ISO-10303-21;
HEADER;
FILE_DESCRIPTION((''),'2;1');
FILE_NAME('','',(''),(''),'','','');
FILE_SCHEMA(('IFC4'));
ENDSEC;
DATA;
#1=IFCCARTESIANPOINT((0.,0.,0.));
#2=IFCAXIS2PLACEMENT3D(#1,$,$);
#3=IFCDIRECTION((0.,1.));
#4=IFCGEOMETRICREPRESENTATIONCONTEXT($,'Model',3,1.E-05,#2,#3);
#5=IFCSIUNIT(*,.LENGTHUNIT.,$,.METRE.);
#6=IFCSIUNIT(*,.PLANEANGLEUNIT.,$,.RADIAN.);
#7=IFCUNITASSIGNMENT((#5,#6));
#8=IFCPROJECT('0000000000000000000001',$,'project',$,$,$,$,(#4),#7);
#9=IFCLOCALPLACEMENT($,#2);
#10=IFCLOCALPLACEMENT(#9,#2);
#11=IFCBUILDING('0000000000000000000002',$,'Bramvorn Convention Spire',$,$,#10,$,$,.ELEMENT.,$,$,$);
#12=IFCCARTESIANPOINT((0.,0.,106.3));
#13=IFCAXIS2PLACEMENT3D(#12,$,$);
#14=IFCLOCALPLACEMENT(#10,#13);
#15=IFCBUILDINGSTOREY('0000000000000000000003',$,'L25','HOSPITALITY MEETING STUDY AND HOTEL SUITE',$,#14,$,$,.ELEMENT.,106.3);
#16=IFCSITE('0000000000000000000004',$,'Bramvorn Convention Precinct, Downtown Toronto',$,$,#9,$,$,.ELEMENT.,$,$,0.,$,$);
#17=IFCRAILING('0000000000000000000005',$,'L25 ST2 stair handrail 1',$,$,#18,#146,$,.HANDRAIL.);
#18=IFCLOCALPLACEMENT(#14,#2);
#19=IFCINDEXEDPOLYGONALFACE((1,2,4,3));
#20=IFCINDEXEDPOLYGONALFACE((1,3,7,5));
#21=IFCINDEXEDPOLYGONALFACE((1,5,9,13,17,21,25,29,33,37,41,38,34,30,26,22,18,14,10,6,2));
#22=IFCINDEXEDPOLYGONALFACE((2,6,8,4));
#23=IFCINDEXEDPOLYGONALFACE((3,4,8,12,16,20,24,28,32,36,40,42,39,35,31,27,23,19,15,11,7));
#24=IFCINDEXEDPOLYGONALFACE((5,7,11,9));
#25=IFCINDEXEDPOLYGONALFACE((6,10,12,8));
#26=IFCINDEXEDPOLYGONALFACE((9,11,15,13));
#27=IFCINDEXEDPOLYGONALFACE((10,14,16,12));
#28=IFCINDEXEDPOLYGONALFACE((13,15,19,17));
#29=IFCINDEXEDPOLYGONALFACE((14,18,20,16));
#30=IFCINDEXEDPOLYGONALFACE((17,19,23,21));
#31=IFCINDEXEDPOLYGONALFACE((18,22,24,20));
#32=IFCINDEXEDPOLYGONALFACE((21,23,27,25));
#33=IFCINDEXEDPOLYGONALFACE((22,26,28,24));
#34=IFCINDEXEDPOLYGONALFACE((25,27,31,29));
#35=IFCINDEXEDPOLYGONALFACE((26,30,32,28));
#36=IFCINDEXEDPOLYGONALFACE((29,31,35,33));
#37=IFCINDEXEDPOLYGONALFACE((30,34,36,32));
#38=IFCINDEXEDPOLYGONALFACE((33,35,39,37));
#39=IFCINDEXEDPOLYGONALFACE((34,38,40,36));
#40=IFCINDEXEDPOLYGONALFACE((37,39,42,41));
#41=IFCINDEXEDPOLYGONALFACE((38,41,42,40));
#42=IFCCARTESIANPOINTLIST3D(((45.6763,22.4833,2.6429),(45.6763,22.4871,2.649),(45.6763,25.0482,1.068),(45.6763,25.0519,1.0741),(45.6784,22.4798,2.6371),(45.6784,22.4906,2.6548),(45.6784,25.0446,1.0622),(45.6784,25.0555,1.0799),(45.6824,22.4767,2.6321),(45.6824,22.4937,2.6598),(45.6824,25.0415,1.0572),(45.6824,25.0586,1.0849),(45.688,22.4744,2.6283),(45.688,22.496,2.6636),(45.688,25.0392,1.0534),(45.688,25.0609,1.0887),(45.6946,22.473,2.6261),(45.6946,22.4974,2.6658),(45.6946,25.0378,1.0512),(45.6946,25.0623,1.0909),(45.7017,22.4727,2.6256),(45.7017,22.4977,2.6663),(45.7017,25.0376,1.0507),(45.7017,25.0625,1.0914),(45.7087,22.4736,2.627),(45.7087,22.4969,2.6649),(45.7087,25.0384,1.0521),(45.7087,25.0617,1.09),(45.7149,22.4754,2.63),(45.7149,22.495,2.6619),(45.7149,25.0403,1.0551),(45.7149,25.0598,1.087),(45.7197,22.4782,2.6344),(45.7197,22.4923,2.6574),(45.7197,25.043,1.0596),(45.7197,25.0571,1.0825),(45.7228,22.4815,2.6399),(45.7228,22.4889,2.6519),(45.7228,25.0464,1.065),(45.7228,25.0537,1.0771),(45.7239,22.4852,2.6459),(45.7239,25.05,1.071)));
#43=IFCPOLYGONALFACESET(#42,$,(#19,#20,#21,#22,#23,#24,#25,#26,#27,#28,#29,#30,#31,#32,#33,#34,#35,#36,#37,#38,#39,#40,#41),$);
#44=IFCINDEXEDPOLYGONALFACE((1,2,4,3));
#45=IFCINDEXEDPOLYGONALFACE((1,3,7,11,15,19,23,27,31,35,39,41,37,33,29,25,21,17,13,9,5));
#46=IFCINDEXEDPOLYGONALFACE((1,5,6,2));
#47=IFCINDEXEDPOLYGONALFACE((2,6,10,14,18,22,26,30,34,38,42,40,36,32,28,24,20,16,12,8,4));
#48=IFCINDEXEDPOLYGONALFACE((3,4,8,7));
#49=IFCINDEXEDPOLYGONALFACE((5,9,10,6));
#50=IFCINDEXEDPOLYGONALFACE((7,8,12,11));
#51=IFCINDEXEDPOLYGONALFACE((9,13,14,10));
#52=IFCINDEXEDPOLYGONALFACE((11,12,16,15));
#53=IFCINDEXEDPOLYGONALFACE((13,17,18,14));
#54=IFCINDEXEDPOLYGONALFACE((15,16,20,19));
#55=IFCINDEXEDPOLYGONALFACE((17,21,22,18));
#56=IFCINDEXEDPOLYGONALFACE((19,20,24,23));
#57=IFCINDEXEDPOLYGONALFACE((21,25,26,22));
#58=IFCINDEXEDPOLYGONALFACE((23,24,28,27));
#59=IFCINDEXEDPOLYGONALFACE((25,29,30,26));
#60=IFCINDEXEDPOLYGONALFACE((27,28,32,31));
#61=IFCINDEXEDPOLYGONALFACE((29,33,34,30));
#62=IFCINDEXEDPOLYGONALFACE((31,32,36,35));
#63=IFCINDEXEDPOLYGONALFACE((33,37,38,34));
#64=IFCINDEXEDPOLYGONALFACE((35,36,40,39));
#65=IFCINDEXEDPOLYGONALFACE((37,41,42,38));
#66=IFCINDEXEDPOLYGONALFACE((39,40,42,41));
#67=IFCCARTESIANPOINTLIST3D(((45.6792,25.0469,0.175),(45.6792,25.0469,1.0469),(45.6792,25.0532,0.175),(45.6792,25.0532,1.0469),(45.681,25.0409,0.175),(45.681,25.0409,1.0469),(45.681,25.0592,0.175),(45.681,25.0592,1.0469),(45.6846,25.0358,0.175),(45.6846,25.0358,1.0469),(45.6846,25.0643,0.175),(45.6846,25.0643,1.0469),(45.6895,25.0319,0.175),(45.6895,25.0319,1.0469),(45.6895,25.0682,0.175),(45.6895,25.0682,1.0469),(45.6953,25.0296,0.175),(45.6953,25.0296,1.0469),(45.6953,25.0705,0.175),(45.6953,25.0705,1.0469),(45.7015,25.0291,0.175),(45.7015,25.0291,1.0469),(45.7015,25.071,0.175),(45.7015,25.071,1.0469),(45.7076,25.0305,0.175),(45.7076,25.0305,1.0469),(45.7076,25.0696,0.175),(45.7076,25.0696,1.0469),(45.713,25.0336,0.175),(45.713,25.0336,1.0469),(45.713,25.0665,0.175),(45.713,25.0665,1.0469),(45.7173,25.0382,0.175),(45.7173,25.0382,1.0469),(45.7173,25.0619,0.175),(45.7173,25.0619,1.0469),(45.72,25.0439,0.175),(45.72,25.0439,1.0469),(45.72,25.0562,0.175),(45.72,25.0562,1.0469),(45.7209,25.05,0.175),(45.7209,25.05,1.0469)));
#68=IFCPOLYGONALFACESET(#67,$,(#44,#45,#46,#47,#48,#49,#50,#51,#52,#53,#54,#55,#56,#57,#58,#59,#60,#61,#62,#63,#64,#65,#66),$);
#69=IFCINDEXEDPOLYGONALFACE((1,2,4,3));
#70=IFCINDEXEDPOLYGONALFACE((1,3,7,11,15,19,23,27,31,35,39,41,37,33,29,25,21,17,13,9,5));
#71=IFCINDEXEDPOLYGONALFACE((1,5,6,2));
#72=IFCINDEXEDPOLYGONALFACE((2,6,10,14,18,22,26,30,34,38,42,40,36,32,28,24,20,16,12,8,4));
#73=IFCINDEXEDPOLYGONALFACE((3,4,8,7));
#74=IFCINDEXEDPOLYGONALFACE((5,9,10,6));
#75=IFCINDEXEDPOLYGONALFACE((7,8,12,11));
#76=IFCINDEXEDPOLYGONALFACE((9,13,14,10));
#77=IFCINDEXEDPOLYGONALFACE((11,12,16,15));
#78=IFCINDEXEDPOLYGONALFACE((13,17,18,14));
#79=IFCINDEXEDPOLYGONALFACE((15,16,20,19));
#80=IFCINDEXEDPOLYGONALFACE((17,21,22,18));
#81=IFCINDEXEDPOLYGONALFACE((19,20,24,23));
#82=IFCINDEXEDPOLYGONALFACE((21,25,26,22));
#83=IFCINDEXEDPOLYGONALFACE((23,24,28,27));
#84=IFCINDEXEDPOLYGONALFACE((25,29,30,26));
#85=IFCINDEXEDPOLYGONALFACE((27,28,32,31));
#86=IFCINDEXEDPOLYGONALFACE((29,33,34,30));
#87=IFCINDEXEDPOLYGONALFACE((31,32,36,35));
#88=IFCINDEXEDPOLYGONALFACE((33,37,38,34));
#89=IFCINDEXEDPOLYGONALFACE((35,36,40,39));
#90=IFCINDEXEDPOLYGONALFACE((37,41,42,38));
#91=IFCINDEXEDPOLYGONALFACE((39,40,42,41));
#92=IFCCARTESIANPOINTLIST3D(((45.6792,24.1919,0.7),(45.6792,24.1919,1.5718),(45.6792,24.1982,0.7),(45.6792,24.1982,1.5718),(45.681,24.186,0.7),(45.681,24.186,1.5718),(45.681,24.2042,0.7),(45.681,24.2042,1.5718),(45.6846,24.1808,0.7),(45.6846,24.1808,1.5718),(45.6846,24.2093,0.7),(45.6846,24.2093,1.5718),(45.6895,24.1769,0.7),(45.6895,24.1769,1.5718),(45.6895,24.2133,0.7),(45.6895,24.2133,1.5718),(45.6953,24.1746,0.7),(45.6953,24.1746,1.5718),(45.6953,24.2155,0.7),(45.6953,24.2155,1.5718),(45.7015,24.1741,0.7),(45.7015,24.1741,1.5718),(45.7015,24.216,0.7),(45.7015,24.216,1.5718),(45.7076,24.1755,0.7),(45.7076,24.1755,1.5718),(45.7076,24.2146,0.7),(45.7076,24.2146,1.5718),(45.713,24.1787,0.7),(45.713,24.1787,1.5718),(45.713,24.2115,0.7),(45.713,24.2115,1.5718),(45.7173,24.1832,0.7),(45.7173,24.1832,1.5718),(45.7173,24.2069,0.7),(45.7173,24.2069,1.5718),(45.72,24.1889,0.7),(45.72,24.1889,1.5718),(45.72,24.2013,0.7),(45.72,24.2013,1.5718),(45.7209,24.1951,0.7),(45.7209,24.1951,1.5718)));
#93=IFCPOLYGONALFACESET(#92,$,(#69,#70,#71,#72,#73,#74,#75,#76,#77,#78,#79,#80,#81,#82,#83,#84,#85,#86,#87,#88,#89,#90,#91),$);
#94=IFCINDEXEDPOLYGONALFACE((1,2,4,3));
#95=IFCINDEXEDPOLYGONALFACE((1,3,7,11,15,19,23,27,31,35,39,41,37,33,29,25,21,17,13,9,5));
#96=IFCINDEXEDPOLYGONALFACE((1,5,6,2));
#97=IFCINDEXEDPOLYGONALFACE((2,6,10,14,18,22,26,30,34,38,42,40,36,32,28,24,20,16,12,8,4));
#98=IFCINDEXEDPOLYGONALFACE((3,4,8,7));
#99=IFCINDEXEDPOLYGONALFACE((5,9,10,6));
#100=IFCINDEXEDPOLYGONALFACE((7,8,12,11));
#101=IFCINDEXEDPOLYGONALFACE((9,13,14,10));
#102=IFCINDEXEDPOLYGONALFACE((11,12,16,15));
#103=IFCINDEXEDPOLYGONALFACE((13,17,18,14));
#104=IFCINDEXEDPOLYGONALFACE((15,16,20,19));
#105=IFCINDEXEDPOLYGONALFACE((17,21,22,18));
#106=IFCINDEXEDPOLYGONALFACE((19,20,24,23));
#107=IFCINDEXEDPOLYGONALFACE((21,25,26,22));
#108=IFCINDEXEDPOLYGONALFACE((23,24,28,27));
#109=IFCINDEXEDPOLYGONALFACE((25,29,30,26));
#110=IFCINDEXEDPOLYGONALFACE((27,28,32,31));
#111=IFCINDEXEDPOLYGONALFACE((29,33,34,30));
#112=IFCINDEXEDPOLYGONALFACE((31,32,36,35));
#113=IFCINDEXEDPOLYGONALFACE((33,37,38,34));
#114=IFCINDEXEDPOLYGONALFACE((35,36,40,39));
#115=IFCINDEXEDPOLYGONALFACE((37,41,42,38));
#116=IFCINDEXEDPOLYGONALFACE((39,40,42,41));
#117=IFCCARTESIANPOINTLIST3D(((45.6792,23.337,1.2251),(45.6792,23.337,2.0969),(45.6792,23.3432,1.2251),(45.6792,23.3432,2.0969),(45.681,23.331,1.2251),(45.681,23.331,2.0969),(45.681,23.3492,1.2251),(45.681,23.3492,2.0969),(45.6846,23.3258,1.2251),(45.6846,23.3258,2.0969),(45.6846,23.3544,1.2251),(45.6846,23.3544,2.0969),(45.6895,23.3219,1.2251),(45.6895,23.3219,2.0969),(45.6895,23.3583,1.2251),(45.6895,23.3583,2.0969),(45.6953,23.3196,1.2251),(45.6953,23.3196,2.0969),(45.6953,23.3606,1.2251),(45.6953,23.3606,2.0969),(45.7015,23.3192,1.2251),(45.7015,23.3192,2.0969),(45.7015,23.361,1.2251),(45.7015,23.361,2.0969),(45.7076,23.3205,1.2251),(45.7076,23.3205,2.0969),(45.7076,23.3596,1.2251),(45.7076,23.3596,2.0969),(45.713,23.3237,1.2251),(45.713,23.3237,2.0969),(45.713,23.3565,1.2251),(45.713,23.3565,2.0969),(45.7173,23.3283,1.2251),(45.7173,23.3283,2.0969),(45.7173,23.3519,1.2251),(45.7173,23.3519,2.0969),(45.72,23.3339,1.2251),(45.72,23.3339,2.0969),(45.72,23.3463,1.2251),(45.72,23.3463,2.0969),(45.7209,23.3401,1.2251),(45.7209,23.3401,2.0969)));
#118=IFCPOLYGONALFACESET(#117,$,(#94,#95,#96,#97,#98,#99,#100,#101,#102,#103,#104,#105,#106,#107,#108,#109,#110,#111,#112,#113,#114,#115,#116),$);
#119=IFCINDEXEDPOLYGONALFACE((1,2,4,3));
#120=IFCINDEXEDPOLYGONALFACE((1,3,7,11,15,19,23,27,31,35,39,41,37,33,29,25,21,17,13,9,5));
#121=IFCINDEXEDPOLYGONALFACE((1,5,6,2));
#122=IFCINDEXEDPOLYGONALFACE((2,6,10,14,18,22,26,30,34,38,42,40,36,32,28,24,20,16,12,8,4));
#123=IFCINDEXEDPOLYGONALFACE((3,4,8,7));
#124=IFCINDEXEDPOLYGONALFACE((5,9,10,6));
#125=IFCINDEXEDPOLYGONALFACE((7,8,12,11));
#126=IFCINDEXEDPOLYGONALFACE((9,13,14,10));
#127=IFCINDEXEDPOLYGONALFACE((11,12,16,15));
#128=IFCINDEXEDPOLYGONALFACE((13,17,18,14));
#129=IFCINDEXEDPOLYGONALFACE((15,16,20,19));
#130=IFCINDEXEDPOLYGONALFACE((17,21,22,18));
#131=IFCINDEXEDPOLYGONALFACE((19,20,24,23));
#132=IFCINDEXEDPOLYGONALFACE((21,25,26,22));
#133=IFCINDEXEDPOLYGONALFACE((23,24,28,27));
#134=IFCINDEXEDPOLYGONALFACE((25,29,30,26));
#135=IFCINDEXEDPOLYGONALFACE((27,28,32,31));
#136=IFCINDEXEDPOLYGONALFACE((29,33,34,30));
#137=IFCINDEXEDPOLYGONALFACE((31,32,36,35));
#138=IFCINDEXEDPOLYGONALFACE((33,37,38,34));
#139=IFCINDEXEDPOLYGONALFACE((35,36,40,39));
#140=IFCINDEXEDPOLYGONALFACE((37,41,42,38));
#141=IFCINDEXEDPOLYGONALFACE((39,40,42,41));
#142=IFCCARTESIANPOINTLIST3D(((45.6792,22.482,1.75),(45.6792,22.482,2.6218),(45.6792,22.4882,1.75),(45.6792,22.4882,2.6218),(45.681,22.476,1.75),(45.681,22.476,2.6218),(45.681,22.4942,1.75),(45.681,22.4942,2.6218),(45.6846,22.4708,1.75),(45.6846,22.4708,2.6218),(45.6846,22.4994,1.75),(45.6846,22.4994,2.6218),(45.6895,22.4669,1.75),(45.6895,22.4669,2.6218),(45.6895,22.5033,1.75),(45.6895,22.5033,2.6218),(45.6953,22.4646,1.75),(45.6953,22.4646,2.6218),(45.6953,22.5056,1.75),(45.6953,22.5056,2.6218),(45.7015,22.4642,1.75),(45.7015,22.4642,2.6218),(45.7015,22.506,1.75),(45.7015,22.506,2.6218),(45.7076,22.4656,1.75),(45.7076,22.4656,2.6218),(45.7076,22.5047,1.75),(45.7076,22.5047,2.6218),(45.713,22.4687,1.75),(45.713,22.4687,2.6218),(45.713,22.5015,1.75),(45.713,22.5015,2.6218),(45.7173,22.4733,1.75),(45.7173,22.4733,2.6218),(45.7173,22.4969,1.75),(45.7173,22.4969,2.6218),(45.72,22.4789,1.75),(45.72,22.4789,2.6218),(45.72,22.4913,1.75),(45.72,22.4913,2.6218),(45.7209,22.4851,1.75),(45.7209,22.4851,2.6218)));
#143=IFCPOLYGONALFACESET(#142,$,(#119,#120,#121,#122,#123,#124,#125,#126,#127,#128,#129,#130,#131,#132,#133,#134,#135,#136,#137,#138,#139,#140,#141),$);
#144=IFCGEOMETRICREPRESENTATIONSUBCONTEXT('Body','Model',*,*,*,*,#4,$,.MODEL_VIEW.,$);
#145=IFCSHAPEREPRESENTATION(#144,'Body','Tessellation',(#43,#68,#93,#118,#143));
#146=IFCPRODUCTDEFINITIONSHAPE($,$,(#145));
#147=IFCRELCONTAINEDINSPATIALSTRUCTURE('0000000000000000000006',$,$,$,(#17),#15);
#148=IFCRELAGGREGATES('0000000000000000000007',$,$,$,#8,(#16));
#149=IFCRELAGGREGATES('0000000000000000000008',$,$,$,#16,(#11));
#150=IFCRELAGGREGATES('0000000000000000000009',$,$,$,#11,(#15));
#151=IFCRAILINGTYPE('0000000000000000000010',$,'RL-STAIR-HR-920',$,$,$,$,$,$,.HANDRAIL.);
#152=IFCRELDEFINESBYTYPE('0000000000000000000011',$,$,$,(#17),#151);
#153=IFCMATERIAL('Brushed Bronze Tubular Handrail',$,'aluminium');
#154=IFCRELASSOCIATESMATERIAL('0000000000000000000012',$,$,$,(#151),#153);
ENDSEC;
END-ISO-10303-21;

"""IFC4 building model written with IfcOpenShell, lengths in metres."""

from ifc_helpers import new_model, si_unit, direction, frame, origin, origin_2d, place, context, subcontext, project, spatial, circle, extrude, material, type_object, element, save


model = new_model("IFC4")

# Units and contexts
model_context = context("Model", 3, precision=1e-05, world=origin(), true_north=direction((0.0, 1.0)))
body_context = subcontext(model_context, "Body", "Model", "MODEL_VIEW")
ifc_project = project(units=[si_unit("LENGTHUNIT", "METRE"), si_unit("PLANEANGLEUNIT", "RADIAN")], contexts=[model_context])

# Site, building, storey
site_placement = place(None, origin())
site = spatial("IfcSite", under=ifc_project, at=site_placement, Name="Bramvorn Convention Precinct, Downtown Toronto", CompositionType="ELEMENT", RefElevation=0.0)
building_placement = place(site_placement, origin())
building = spatial("IfcBuilding", under=site, at=building_placement, Name="Bramvorn Convention Spire", CompositionType="ELEMENT")
storey_placement = place(building_placement, frame((0.0, 0.0, 106.3)))
storey = spatial("IfcBuildingStorey", under=building, at=storey_placement, Name="L25", Description="HOSPITALITY MEETING STUDY AND HOTEL SUITE", CompositionType="ELEMENT", Elevation=106.3)

# Railing
ifc_material_1 = material(Name="Brushed Bronze Tubular Handrail", Category="aluminium")
railing_type_1 = type_object("IfcRailingType", Name="RL-STAIR-HR-920", PredefinedType="HANDRAIL", material=ifc_material_1)
railing_1_placement = place(storey_placement, frame((45.7, 25.05, 0.175)))
element("IfcRailing", 1, at=railing_1_placement, inside=storey, type_object=railing_type_1, Name="L25 ST2 stair handrail 1", PredefinedType="HANDRAIL", context=body_context, shape_type="SweptSolid", body=[
    extrude(circle(Radius=0.0239, at=origin_2d()), frame((0.0, 0.0, 0.896), z_axis=(0.0, -0.852173, 0.52326), x_axis=(1.0, 0.0, 0.0)), (0.0, 0.0, 1.0), 3.0098),
    extrude(circle(Radius=0.021, at=origin_2d()), origin(), (0.0, 0.0, 1.0), 0.8718),
    extrude(circle(Radius=0.021, at=origin_2d()), frame((0.0, -0.855, 0.5249)), (0.0, 0.0, 1.0), 0.8718),
    extrude(circle(Radius=0.021, at=origin_2d()), frame((0.0, -1.71, 1.05)), (0.0, 0.0, 1.0), 0.8718),
    extrude(circle(Radius=0.021, at=origin_2d()), frame((0.0, -2.5649, 1.575)), (0.0, 0.0, 1.0), 0.8718),
])

save(model, "model.ifc")
